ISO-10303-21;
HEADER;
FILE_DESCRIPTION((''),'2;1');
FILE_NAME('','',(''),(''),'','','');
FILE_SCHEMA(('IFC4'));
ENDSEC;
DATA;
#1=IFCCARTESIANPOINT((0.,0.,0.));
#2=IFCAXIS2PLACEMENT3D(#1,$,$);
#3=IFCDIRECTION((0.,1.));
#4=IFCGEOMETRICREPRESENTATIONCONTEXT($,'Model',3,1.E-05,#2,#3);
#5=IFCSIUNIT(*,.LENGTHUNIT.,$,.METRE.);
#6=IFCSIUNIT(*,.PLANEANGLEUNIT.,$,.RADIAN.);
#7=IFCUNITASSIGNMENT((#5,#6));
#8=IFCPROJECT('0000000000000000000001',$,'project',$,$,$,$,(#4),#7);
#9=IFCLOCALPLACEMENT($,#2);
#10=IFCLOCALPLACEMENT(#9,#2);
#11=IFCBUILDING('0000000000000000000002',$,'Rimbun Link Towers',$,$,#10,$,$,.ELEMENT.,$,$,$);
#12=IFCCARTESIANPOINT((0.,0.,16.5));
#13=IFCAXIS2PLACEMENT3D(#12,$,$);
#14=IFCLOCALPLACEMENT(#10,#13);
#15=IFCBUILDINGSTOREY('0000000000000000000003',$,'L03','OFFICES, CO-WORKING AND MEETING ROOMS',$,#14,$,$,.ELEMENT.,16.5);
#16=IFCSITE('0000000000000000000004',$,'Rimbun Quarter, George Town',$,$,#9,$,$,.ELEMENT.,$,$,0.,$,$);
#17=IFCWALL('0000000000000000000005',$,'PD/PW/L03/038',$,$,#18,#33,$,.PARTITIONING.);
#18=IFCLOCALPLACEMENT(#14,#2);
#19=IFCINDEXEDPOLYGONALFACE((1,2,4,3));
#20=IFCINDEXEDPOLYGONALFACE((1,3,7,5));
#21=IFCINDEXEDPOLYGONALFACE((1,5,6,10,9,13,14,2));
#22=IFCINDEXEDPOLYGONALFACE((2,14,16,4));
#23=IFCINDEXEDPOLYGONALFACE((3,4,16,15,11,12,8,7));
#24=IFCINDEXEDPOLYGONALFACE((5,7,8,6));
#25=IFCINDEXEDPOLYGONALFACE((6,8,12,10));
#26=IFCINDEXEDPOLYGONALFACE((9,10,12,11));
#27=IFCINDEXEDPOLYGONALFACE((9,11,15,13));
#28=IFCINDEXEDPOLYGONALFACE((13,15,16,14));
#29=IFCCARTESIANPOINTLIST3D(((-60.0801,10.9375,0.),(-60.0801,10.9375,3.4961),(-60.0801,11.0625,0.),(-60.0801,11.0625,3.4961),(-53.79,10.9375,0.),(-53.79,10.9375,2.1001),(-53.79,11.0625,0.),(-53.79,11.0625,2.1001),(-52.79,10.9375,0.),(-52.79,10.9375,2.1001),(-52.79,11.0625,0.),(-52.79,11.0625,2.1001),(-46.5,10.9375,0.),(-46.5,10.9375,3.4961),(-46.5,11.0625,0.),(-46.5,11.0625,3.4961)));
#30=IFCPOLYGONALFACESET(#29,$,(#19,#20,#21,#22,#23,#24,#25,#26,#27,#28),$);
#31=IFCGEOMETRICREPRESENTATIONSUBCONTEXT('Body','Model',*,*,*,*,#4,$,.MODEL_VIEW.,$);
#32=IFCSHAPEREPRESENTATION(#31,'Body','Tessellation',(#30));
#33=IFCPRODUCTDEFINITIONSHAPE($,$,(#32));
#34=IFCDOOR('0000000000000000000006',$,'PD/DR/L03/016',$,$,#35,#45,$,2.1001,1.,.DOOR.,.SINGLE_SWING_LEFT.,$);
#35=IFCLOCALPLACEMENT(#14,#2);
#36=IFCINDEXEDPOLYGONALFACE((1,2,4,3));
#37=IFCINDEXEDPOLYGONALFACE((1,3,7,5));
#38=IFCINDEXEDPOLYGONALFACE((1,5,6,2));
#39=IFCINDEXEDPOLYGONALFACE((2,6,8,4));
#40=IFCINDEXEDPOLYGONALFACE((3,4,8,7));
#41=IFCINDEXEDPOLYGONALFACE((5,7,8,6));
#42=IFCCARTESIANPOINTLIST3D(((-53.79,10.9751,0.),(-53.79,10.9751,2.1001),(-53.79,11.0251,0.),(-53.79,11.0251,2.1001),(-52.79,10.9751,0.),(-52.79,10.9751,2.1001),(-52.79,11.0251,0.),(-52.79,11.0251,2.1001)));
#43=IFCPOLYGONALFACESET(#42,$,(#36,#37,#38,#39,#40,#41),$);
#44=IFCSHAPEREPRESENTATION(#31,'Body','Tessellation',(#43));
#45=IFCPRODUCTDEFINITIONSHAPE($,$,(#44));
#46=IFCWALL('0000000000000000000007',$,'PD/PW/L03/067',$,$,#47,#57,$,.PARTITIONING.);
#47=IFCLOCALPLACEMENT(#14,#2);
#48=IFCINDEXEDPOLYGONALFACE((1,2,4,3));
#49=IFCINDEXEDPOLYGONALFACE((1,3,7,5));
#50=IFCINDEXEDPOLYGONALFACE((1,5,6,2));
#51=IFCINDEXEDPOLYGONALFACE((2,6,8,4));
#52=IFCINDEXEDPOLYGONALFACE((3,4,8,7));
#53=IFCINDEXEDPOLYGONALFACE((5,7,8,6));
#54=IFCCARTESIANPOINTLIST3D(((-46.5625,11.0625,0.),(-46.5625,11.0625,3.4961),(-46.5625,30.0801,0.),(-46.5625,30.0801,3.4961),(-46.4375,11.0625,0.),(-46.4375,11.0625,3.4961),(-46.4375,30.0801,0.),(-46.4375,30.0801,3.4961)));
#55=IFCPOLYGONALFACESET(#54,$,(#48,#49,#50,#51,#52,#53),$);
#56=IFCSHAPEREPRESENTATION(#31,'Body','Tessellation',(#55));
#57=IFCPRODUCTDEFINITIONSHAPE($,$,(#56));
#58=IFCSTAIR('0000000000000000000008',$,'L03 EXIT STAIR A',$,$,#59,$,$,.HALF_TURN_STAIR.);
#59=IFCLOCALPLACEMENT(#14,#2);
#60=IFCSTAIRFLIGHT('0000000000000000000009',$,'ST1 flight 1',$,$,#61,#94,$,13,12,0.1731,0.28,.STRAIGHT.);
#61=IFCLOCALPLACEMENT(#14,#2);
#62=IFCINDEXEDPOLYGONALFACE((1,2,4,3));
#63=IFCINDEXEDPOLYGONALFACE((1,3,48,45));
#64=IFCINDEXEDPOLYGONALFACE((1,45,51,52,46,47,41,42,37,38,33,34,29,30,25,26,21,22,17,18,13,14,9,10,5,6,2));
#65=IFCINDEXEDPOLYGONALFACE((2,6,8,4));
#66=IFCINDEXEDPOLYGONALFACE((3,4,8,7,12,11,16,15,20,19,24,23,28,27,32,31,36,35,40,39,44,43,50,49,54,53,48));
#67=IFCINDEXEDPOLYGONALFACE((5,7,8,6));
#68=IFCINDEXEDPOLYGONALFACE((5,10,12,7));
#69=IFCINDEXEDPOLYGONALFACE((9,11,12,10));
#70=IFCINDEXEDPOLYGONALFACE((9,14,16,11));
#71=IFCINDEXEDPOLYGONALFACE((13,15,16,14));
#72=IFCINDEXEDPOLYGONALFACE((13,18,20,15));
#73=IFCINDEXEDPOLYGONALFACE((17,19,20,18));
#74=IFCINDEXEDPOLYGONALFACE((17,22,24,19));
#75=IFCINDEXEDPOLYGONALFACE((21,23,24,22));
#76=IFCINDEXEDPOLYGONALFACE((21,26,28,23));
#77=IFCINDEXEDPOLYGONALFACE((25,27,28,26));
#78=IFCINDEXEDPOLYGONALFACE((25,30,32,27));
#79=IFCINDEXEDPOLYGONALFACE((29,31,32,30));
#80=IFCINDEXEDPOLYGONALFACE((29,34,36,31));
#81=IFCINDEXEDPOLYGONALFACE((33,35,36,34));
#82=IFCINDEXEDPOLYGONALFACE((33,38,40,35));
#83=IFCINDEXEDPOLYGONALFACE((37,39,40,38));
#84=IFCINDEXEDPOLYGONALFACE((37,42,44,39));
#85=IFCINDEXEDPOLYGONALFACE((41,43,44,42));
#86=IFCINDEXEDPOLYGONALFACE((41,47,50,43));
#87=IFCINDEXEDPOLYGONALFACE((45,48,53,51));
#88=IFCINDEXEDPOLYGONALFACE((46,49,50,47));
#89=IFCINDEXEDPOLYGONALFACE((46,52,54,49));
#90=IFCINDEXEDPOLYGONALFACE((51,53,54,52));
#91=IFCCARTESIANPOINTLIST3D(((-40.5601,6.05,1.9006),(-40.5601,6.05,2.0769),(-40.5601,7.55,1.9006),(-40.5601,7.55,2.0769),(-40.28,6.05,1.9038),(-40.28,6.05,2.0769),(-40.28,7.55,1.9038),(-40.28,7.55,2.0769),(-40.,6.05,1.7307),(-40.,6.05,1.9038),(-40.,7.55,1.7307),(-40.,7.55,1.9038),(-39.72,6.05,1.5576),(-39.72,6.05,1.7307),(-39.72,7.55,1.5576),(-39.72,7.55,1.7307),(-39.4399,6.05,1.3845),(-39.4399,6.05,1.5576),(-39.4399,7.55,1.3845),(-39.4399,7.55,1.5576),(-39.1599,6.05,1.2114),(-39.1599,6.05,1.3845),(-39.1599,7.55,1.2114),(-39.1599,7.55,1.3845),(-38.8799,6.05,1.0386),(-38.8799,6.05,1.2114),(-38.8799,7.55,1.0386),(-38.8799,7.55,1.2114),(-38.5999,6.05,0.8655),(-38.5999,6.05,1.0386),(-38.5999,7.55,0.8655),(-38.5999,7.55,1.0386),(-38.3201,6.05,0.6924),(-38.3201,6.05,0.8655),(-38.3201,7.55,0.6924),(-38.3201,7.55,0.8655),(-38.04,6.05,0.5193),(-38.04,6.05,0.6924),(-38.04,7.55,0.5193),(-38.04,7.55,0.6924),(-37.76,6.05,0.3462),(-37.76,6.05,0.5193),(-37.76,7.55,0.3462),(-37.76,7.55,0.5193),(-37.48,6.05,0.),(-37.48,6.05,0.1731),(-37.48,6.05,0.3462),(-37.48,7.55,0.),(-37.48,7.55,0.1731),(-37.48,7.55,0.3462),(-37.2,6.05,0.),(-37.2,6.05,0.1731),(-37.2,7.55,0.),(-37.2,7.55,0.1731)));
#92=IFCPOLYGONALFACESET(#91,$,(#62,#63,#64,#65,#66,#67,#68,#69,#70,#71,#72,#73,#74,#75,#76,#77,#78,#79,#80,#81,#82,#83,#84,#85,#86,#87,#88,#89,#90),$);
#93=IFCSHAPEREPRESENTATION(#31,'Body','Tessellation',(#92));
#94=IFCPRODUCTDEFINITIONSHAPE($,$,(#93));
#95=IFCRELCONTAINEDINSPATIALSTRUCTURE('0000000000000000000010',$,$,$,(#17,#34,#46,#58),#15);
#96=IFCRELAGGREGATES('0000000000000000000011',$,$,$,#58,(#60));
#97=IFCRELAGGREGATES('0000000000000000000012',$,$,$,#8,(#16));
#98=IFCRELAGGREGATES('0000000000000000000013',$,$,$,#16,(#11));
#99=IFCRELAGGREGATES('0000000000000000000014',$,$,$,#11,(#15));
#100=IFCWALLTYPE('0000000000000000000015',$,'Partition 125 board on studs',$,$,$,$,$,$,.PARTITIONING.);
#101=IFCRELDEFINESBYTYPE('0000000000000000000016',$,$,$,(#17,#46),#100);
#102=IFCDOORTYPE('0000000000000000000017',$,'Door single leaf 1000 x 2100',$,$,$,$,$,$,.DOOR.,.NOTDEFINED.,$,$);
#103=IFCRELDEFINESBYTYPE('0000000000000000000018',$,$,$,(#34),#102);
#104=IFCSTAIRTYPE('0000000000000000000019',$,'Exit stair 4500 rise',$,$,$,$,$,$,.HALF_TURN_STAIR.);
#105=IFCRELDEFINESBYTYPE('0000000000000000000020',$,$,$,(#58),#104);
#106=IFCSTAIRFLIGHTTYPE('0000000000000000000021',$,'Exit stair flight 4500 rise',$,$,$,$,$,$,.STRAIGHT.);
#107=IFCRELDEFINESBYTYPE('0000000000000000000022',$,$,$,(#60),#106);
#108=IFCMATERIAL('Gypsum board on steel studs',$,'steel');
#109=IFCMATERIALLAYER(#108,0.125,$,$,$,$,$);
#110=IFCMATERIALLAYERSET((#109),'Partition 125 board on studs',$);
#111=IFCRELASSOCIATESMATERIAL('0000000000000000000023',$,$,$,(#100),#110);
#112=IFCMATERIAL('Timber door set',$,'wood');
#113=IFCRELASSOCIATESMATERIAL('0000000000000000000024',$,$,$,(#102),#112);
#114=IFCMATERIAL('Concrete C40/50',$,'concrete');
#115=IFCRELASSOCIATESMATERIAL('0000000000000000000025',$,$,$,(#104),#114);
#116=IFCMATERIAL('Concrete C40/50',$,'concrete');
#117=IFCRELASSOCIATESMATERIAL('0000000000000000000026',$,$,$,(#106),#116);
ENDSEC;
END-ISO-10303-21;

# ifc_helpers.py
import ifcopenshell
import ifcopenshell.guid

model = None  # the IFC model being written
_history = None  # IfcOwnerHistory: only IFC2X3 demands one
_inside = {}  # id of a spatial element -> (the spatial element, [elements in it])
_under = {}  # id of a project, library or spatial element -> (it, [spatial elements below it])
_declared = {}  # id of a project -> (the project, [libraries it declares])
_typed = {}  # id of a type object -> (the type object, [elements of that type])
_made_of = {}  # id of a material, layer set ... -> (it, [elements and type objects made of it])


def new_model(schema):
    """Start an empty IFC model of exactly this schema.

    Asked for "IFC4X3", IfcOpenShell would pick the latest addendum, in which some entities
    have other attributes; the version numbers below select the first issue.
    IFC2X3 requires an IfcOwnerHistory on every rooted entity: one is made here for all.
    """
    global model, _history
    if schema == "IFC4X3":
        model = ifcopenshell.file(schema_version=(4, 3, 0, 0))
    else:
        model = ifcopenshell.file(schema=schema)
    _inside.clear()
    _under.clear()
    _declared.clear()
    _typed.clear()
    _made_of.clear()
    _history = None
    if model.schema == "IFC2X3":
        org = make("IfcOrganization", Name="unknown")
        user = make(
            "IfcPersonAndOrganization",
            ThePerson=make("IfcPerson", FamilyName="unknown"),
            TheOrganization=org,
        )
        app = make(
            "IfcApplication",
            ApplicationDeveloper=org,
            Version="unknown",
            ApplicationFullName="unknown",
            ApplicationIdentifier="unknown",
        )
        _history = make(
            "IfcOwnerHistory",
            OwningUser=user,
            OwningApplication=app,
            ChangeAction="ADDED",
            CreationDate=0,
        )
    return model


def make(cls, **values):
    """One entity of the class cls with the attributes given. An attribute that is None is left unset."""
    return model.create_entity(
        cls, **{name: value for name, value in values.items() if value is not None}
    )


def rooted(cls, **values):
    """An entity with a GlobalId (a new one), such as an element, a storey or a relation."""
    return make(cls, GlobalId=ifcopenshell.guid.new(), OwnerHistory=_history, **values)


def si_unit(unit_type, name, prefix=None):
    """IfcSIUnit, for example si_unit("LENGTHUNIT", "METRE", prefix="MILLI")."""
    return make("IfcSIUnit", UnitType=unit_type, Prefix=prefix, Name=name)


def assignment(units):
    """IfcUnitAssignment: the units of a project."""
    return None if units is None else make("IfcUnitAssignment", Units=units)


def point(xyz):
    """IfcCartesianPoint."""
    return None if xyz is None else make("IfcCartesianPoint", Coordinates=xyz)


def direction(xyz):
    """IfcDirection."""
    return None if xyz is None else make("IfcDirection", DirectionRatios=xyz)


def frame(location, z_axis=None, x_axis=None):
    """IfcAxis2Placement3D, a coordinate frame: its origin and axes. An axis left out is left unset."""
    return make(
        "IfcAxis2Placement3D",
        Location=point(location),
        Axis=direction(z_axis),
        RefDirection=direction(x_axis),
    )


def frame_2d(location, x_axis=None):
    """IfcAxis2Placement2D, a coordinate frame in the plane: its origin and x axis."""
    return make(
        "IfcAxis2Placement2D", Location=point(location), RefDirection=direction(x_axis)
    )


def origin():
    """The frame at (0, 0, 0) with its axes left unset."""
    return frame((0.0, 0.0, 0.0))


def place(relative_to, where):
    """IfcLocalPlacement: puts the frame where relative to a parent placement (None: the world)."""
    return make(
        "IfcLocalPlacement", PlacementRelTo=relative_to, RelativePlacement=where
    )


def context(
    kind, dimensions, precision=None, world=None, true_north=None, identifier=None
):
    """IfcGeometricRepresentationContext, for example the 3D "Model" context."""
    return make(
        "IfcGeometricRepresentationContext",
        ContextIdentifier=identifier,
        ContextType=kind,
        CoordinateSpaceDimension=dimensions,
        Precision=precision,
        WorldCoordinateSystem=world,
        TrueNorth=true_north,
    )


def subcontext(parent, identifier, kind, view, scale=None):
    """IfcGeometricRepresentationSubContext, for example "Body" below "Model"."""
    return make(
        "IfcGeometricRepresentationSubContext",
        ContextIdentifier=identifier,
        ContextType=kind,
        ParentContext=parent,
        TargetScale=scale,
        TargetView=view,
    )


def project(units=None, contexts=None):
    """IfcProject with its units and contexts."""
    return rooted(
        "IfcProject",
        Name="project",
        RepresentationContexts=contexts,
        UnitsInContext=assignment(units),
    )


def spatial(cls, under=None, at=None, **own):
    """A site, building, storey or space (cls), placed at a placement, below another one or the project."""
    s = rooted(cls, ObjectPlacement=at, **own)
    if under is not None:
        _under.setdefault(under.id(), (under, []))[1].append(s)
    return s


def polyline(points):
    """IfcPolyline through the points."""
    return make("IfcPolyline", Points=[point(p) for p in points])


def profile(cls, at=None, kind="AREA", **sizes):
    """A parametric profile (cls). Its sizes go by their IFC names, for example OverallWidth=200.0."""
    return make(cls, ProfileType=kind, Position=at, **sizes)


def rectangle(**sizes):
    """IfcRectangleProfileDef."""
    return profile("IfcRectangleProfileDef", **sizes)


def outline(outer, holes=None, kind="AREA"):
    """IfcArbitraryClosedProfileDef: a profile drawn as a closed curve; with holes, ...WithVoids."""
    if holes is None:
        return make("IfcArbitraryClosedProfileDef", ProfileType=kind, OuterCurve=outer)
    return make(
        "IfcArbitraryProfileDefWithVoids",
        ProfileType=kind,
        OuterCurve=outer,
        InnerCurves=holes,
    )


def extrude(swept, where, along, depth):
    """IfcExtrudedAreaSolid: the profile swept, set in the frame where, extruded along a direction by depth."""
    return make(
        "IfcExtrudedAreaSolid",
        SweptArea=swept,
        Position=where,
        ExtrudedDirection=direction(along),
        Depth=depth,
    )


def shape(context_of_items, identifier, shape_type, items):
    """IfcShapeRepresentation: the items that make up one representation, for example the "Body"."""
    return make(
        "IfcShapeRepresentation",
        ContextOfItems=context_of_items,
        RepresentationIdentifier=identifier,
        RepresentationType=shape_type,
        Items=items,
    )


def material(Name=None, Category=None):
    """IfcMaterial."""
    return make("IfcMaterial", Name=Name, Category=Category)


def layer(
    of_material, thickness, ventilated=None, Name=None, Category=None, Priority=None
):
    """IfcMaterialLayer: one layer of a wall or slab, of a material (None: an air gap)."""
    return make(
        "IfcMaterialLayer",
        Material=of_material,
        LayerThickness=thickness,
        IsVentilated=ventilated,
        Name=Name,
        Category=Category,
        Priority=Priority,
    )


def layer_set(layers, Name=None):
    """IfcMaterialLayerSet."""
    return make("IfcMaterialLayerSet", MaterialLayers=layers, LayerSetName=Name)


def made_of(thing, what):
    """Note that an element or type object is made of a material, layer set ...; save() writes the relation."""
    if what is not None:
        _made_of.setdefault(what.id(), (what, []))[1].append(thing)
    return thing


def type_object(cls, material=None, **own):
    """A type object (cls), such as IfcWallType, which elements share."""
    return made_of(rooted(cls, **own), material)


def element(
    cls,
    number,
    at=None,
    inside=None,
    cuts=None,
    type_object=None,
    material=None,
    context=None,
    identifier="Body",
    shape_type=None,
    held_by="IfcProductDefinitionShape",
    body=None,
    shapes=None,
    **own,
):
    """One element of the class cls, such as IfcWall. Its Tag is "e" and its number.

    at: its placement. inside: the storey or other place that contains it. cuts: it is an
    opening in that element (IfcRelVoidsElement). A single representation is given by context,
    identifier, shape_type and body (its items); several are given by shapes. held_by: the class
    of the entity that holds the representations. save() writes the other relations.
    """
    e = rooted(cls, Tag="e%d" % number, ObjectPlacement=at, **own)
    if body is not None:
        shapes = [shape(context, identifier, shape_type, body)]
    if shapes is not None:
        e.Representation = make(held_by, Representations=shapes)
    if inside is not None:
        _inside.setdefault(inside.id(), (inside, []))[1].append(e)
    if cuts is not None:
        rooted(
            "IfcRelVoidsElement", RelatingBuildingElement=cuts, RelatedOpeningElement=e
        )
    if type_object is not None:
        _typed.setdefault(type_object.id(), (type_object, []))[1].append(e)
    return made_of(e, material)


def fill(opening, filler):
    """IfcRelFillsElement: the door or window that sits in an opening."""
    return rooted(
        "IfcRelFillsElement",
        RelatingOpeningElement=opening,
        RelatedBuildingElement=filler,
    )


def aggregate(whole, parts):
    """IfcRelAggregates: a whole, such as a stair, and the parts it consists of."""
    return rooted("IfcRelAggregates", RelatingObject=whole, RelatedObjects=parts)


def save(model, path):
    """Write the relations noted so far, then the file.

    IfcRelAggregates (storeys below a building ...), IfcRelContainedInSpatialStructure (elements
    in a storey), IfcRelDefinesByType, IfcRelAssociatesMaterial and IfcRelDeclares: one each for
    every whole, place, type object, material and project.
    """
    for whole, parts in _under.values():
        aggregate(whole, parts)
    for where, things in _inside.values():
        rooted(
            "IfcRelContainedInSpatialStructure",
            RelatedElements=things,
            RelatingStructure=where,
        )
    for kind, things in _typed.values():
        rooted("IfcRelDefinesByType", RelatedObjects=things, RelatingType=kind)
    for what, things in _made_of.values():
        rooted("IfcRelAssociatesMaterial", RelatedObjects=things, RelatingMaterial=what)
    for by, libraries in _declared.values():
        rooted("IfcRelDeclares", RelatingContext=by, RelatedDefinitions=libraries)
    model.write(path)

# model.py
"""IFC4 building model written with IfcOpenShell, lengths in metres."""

from ifc_helpers import new_model, si_unit, direction, frame, frame_2d, origin, place, context, subcontext, project, spatial, polyline, rectangle, outline, extrude, material, layer, layer_set, type_object, element, fill, aggregate, save


model = new_model("IFC4")

# Units and contexts
model_context = context("Model", 3, precision=1e-05, world=origin(), true_north=direction((0.0, 1.0)))
body_context = subcontext(model_context, "Body", "Model", "MODEL_VIEW")
ifc_project = project(units=[si_unit("LENGTHUNIT", "METRE"), si_unit("PLANEANGLEUNIT", "RADIAN")], contexts=[model_context])

# Site, building, storey
site_placement = place(None, origin())
site = spatial("IfcSite", under=ifc_project, at=site_placement, Name="Rimbun Quarter, George Town", CompositionType="ELEMENT", RefElevation=0.0)
building_placement = place(site_placement, origin())
building = spatial("IfcBuilding", under=site, at=building_placement, Name="Rimbun Link Towers", CompositionType="ELEMENT")
storey_placement = place(building_placement, frame((0.0, 0.0, 16.5)))
storey = spatial("IfcBuildingStorey", under=building, at=storey_placement, Name="L03", Description="OFFICES, CO-WORKING AND MEETING ROOMS", CompositionType="ELEMENT", Elevation=16.5)

# Wall, opening, door
ifc_material_1 = material(Name="Gypsum board on steel studs", Category="steel")
ifc_layer_1 = layer(ifc_material_1, 0.125)
ifc_layer_set_1 = layer_set([ifc_layer_1], Name="Partition 125 board on studs")
wall_type_1 = type_object("IfcWallType", Name="Partition 125 board on studs", PredefinedType="PARTITIONING", material=ifc_layer_set_1)
wall_1_placement = place(storey_placement, frame((-46.5, 11.0, 0.0), z_axis=(0.0, 0.0, 1.0), x_axis=(-1.0, 0.0, 0.0)))
wall_1 = element("IfcWall", 1, at=wall_1_placement, inside=storey, type_object=wall_type_1, Name="PD/PW/L03/038", PredefinedType="PARTITIONING", context=body_context, shape_type="SweptSolid", body=[
    extrude(rectangle(XDim=13.5801, YDim=0.125, at=frame_2d((6.79, 0.0))), origin(), (0.0, 0.0, 1.0), 3.4961),
])
opening_1_placement = place(wall_1_placement, frame((6.29, 0.0, 0.0)))
opening_1 = element("IfcOpeningElement", 2, at=opening_1_placement, cuts=wall_1, PredefinedType="OPENING", context=body_context, shape_type="SweptSolid", body=[
    extrude(rectangle(XDim=1.0, YDim=2.1001, at=frame_2d((0.5, 1.05))), frame((0.0, 0.0725, 0.0), z_axis=(0.0, -1.0, 0.0), x_axis=(1.0, 0.0, 0.0)), (0.0, 0.0, 1.0), 0.145),
])
ifc_material_2 = material(Name="Timber door set", Category="wood")
door_type_1 = type_object("IfcDoorType", Name="Door single leaf 1000 x 2100", OperationType="NOTDEFINED", PredefinedType="DOOR", material=ifc_material_2)
door_1_placement = place(opening_1_placement, origin())
door_1 = element("IfcDoor", 3, at=door_1_placement, inside=storey, type_object=door_type_1, Name="PD/DR/L03/016", OperationType="SINGLE_SWING_LEFT", OverallHeight=2.1001, OverallWidth=1.0, PredefinedType="DOOR", context=body_context, shape_type="SweptSolid", body=[
    extrude(rectangle(XDim=1.0, YDim=2.1001, at=frame_2d((0.5, 1.05))), frame((0.0, 0.0249, 0.0), z_axis=(0.0, -1.0, 0.0), x_axis=(1.0, 0.0, 0.0)), (0.0, 0.0, 1.0), 0.05),
])
fill(opening_1, door_1)

# Wall
wall_2_placement = place(storey_placement, frame((-46.5, 11.0625, 0.0), z_axis=(0.0, 0.0, 1.0), x_axis=(0.0, 1.0, 0.0)))
element("IfcWall", 4, at=wall_2_placement, inside=storey, type_object=wall_type_1, Name="PD/PW/L03/067", PredefinedType="PARTITIONING", context=body_context, shape_type="SweptSolid", body=[
    extrude(rectangle(XDim=19.0176, YDim=0.125, at=frame_2d((9.5088, 0.0))), origin(), (0.0, 0.0, 1.0), 3.4961),
])

# Stair, stair flight
ifc_material_3 = material(Name="Concrete C40/50", Category="concrete")
stair_type = type_object("IfcStairType", Name="Exit stair 4500 rise", PredefinedType="HALF_TURN_STAIR", material=ifc_material_3)
stair_placement = place(storey_placement, origin())
stair = element("IfcStair", 5, at=stair_placement, inside=storey, type_object=stair_type, Name="L03 EXIT STAIR A", PredefinedType="HALF_TURN_STAIR")
ifc_material_4 = material(Name="Concrete C40/50", Category="concrete")
stair_flight_type = type_object("IfcStairFlightType", Name="Exit stair flight 4500 rise", PredefinedType="STRAIGHT", material=ifc_material_4)
stair_flight_placement = place(storey_placement, frame((-37.2, 6.8, 0.0), z_axis=(0.0, 0.0, 1.0), x_axis=(-1.0, 0.0, 0.0)))
stair_flight = element("IfcStairFlight", 6, at=stair_flight_placement, type_object=stair_flight_type, Name="ST1 flight 1", NumberOfRisers=13, NumberOfTreads=12, PredefinedType="STRAIGHT", RiserHeight=0.1731, TreadLength=0.28, context=body_context, shape_type="SweptSolid", body=[
    extrude(outline(polyline([(0.0, 0.0), (0.0, 0.1731), (0.28, 0.1731), (0.28, 0.3462), (0.5601, 0.3462), (0.5601, 0.5193), (0.8401, 0.5193), (0.8401, 0.6924), (1.1201, 0.6924), (1.1201, 0.8655), (1.3999, 0.8655), (1.3999, 1.0386), (1.6799, 1.0386), (1.6799, 1.2114), (1.96, 1.2114), (1.96, 1.3845), (2.24, 1.3845), (2.24, 1.5576), (2.52, 1.5576), (2.52, 1.7307), (2.8, 1.7307), (2.8, 1.9038), (3.0801, 1.9038), (3.0801, 2.0769), (3.3601, 2.0769), (3.3601, 2.25), (3.3601, 1.9006), (0.28, 0.0), (0.0, 0.0)])), frame((0.0, 0.75, 0.0), z_axis=(0.0, -1.0, 0.0), x_axis=(1.0, 0.0, 0.0)), (0.0, 0.0, 1.0), 1.5),
])
aggregate(stair, [stair_flight])

save(model, "model.ifc")
